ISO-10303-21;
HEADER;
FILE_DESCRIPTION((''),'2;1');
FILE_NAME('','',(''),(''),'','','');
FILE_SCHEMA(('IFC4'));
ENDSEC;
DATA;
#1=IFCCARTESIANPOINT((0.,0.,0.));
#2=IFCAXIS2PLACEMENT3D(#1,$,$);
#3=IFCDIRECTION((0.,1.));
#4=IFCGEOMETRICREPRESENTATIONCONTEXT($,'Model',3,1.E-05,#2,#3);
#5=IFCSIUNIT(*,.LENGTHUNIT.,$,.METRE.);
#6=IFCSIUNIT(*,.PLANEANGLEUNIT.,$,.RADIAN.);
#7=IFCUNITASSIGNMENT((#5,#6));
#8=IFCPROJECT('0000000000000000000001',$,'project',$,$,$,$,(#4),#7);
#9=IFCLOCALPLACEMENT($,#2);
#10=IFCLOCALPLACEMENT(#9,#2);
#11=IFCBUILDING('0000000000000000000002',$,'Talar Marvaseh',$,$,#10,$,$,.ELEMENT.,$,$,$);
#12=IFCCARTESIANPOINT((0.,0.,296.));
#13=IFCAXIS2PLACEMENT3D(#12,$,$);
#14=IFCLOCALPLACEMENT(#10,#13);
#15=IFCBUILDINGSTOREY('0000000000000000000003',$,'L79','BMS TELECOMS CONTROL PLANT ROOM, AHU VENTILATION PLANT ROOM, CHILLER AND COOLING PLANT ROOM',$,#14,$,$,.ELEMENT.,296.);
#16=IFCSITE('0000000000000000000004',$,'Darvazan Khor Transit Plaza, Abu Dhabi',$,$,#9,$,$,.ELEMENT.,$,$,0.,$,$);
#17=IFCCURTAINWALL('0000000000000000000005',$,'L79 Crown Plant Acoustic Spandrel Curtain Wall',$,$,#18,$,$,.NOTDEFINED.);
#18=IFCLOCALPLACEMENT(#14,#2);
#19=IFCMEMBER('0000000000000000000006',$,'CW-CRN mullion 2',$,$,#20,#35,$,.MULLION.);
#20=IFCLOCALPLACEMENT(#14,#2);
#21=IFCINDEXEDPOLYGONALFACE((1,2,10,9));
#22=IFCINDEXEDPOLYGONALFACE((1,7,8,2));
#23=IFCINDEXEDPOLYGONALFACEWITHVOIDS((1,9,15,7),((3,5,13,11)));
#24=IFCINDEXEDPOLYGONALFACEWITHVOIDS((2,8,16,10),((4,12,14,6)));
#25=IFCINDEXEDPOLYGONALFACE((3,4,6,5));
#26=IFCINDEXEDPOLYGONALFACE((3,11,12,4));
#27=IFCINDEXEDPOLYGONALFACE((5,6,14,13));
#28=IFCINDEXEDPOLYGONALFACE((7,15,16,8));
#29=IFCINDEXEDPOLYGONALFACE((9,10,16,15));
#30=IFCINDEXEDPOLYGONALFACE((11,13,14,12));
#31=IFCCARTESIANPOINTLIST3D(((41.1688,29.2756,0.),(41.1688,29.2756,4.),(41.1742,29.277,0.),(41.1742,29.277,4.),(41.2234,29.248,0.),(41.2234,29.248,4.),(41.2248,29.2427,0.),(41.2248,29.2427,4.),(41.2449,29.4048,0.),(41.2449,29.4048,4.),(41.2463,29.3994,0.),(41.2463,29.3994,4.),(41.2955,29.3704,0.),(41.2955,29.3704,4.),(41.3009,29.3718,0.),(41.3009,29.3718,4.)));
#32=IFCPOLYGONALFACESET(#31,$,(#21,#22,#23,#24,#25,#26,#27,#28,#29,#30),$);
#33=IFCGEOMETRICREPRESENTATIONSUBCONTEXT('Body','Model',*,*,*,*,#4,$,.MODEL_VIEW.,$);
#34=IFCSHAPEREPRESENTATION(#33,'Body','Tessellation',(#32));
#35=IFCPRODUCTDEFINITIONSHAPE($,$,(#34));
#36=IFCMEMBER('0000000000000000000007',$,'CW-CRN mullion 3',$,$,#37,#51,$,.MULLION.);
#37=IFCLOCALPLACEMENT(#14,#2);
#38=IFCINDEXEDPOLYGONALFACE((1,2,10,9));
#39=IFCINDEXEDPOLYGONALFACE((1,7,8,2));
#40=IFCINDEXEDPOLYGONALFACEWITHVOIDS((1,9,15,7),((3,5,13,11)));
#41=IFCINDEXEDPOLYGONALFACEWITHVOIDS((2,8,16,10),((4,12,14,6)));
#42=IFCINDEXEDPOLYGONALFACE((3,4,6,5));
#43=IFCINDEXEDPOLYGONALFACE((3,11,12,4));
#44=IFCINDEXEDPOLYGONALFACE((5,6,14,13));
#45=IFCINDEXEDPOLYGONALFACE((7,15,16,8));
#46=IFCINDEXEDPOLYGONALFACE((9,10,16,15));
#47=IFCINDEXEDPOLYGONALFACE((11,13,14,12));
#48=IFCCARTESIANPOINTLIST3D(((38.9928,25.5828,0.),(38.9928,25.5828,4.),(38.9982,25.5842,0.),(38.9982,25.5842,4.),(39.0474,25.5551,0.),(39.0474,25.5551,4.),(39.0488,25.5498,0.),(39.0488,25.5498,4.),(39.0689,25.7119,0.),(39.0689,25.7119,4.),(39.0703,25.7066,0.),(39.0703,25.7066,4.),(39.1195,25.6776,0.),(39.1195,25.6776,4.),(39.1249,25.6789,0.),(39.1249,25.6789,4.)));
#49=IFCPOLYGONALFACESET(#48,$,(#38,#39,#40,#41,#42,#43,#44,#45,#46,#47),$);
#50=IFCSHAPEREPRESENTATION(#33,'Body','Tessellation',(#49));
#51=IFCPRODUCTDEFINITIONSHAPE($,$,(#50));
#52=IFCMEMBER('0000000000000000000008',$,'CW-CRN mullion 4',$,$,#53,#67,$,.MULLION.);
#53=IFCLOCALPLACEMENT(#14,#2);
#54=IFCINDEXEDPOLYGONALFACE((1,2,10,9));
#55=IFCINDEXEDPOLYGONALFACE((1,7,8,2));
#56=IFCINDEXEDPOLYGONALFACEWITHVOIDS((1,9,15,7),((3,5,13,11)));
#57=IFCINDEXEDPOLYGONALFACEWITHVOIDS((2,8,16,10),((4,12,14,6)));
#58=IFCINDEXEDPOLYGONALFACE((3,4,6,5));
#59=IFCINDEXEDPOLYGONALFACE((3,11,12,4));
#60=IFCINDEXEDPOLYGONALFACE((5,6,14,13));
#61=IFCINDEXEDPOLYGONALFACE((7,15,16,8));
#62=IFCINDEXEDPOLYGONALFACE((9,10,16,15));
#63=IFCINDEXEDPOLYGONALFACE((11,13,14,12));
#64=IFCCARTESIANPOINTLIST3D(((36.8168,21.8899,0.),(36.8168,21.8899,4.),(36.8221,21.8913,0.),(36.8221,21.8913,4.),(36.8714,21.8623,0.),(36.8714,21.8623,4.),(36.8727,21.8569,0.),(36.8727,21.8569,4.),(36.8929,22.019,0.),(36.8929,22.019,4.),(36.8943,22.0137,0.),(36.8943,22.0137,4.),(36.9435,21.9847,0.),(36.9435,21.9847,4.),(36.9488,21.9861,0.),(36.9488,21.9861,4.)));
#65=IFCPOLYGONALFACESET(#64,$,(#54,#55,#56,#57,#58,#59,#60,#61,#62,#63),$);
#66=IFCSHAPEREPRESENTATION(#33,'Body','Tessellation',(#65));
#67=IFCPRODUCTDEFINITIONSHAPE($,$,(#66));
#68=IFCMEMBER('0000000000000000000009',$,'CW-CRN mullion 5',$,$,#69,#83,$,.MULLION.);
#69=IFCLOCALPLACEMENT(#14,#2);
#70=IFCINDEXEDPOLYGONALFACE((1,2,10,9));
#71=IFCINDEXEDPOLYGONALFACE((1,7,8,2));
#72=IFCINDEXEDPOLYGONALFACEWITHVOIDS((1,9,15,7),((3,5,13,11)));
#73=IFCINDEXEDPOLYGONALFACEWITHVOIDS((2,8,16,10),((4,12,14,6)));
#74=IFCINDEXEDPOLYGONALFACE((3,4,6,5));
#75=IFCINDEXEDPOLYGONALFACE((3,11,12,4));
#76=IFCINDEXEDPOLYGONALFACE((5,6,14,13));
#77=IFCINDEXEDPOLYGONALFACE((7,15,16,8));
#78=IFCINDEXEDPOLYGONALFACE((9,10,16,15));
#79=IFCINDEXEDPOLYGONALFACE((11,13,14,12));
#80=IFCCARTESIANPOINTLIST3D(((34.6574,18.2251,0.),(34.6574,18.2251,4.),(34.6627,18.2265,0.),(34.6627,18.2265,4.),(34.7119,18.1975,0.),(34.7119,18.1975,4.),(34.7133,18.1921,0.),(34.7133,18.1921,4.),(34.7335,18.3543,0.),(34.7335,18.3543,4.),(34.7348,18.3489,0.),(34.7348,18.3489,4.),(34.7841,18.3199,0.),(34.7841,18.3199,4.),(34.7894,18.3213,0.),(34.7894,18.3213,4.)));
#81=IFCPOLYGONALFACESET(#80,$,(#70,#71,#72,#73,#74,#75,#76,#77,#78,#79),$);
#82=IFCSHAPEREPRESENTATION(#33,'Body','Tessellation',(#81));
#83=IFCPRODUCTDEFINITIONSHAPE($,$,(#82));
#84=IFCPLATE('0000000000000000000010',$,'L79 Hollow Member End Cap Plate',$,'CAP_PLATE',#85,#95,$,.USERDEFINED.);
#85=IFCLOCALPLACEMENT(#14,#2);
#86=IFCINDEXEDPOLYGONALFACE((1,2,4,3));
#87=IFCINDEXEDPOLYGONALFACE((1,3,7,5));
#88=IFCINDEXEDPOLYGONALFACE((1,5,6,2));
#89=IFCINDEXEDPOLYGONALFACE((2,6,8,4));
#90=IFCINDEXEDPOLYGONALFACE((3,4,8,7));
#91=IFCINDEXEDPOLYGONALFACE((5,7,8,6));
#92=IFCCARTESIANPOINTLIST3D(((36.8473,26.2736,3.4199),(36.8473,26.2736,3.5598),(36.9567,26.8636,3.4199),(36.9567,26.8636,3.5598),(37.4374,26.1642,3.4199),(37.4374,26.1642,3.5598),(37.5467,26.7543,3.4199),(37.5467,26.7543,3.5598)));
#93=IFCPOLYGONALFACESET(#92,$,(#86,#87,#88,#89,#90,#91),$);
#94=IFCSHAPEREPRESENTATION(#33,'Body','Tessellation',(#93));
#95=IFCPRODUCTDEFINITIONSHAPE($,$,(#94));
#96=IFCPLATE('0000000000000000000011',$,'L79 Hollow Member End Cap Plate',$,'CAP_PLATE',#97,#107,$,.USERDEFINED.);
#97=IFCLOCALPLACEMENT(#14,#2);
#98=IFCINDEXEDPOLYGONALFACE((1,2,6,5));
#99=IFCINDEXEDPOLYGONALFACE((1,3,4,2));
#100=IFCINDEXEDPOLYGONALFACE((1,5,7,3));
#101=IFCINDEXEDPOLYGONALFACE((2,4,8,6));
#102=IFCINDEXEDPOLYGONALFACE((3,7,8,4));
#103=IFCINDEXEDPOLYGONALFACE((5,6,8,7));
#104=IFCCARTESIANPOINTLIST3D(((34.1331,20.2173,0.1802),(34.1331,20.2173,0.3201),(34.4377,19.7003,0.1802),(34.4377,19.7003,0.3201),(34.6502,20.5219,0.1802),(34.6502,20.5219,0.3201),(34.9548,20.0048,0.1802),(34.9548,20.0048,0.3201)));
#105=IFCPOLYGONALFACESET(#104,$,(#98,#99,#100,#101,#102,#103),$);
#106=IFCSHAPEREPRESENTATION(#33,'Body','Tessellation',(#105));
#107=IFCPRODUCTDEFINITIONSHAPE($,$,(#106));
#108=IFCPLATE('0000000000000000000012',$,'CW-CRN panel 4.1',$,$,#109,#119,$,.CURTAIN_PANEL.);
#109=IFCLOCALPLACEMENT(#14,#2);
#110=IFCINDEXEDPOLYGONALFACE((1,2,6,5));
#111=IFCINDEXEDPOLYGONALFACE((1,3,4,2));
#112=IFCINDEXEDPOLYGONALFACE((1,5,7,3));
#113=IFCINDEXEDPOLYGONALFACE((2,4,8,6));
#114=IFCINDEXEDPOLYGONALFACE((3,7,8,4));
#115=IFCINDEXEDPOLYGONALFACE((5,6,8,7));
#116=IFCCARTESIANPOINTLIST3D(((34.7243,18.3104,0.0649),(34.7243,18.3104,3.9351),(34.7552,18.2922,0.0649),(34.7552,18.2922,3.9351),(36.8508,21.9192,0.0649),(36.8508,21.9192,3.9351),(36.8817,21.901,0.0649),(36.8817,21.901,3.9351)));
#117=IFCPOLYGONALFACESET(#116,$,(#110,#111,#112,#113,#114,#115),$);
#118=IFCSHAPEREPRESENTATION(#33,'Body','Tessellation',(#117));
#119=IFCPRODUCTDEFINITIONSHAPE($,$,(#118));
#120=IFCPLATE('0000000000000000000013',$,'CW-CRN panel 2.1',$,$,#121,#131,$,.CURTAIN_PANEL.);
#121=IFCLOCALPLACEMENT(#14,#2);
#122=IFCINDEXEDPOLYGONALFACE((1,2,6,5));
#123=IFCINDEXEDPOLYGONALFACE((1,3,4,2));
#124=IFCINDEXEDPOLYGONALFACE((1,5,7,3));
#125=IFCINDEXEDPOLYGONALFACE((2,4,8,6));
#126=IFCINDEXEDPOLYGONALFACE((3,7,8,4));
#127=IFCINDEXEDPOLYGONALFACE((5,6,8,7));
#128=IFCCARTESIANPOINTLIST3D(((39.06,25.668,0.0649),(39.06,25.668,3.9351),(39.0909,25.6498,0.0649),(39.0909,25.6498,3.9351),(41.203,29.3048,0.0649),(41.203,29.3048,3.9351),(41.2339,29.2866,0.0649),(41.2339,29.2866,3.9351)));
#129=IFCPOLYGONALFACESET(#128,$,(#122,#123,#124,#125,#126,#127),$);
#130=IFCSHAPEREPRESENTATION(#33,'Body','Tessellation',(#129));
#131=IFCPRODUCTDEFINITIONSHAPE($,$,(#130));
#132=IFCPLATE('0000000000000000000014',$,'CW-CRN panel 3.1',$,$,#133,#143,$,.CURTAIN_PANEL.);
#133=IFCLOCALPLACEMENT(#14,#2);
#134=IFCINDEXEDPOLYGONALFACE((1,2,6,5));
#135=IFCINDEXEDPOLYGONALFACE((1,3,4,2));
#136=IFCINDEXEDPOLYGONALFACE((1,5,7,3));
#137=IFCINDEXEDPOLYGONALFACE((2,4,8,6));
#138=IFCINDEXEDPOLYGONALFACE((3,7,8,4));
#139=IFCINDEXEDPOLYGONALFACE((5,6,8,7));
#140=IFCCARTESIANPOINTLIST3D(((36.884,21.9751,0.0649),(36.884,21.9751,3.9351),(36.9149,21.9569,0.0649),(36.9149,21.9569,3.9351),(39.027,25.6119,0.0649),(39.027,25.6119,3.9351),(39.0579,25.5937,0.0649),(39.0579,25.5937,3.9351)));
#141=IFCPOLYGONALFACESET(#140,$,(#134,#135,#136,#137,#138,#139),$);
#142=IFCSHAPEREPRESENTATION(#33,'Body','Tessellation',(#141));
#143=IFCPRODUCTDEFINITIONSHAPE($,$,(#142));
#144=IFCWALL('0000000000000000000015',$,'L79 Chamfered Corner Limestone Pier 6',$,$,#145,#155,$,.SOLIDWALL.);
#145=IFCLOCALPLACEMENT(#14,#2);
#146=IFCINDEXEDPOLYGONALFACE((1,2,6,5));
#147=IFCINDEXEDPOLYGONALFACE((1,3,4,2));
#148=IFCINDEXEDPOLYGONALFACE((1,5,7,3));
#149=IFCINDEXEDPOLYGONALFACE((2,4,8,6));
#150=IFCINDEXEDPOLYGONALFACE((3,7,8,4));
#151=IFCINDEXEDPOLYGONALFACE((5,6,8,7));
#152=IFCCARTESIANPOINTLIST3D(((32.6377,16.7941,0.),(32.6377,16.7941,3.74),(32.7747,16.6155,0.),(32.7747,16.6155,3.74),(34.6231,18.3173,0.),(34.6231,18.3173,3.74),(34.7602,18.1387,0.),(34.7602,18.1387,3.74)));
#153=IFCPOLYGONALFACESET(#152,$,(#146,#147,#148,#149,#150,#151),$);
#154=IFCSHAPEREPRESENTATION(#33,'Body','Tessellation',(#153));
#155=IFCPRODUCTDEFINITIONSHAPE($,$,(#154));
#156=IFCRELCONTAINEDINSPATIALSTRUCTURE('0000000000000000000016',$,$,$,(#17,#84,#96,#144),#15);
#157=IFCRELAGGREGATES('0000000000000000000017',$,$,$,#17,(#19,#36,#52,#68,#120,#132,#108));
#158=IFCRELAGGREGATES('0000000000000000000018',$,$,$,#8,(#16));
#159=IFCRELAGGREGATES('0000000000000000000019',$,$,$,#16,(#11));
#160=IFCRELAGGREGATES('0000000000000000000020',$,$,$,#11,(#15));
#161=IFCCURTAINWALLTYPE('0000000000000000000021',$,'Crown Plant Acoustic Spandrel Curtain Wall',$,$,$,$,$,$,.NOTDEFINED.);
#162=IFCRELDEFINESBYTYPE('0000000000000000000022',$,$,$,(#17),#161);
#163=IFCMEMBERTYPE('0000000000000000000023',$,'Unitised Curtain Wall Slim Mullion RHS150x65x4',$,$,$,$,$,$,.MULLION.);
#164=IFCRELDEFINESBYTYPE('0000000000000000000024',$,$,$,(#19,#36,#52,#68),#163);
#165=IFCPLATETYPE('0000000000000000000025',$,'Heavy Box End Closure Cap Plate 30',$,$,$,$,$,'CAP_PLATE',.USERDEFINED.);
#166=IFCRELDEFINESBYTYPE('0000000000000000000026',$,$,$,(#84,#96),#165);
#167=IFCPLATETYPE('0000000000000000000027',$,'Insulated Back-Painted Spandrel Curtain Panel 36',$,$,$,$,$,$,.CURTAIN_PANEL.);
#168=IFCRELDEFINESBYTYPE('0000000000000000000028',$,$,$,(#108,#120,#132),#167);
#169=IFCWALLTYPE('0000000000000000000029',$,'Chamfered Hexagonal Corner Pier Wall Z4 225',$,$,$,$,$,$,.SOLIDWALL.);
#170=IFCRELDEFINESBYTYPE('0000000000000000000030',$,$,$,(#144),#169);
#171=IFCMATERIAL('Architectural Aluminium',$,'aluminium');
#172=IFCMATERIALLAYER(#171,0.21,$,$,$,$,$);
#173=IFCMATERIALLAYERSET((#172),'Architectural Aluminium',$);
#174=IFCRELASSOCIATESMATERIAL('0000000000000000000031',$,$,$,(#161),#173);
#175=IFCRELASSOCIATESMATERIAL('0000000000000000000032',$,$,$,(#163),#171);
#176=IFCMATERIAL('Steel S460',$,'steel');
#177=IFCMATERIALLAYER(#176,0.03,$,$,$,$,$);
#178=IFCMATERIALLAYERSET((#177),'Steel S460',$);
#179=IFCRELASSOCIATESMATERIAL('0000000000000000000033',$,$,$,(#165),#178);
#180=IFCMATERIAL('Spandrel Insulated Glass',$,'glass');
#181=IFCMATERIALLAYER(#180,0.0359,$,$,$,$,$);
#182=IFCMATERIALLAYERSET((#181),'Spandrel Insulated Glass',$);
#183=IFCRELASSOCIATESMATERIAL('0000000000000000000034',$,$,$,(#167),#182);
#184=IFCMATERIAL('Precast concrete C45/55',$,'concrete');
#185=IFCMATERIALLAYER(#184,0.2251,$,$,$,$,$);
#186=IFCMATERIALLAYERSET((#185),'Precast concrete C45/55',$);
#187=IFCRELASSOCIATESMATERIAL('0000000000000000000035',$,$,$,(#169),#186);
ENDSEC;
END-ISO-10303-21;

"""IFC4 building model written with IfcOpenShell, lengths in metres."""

from ifc_helpers import new_model, si_unit, direction, frame, frame_2d, origin, origin_2d, place, context, subcontext, project, spatial, rectangle, hollow_rectangle, extrude, source, transform, mapped, material, layer, layer_set, material_profile, profile_set, type_object, type_shapes, element, aggregate, save


model = new_model("IFC4")

# Units and contexts
model_context = context("Model", 3, precision=1e-05, world=origin(), true_north=direction((0.0, 1.0)))
body_context = subcontext(model_context, "Body", "Model", "MODEL_VIEW")
ifc_project = project(units=[si_unit("LENGTHUNIT", "METRE"), si_unit("PLANEANGLEUNIT", "RADIAN")], contexts=[model_context])

# Site, building, storey
site_placement = place(None, origin())
site = spatial("IfcSite", under=ifc_project, at=site_placement, Name="Darvazan Khor Transit Plaza, Abu Dhabi", CompositionType="ELEMENT", RefElevation=0.0)
building_placement = place(site_placement, origin())
building = spatial("IfcBuilding", under=site, at=building_placement, Name="Talar Marvaseh", CompositionType="ELEMENT")
storey_placement = place(building_placement, frame((0.0, 0.0, 296.0)))
storey = spatial("IfcBuildingStorey", under=building, at=storey_placement, Name="L79", Description="BMS TELECOMS CONTROL PLANT ROOM, AHU VENTILATION PLANT ROOM, CHILLER AND COOLING PLANT ROOM", CompositionType="ELEMENT", Elevation=296.0)

# Shared definitions
ifc_material_1 = material(Name="Steel S460", Category="steel")

# Curtain wall, members
ifc_material_2 = material(Name="Architectural Aluminium", Category="aluminium")
ifc_layer_1 = layer(ifc_material_2, 0.21)
ifc_layer_set_1 = layer_set([ifc_layer_1], Name="Architectural Aluminium")
curtain_wall_type = type_object("IfcCurtainWallType", Name="Crown Plant Acoustic Spandrel Curtain Wall", PredefinedType="NOTDEFINED", material=ifc_layer_set_1)
curtain_wall_placement = place(storey_placement, origin())
curtain_wall = element("IfcCurtainWall", 1, at=curtain_wall_placement, inside=storey, type_object=curtain_wall_type, Name="L79 Crown Plant Acoustic Spandrel Curtain Wall", PredefinedType="NOTDEFINED")
ifc_material_profile_1 = material_profile(ifc_material_2, hollow_rectangle(XDim=0.0649, YDim=0.1499, WallThickness=0.0039, at=origin_2d()), Name="RHS150x65x4")
ifc_profile_set_1 = profile_set([ifc_material_profile_1], Name="Architectural Aluminium")
member_type_1 = type_object("IfcMemberType", Name="Unitised Curtain Wall Slim Mullion RHS150x65x4", PredefinedType="MULLION", material=ifc_profile_set_1)
shared_shape_1 = source(origin(), body_context, "Body", "SweptSolid", [
    extrude(hollow_rectangle(XDim=0.0649, YDim=0.1499, WallThickness=0.0039, at=origin_2d()), origin(), (0.0, 0.0, 1.0), 4.0),
])
type_shapes(member_type_1, [shared_shape_1])
member_1_placement = place(storey_placement, frame((41.2349, 29.3237, 0.0), z_axis=(0.0, 0.0, 1.0), x_axis=(0.861551, -0.507672, 0.0)))
member_1 = element("IfcMember", 2, at=member_1_placement, type_object=member_type_1, Name="CW-CRN mullion 2", PredefinedType="MULLION", context=body_context, shape_type="MappedRepresentation", body=[
    mapped(shared_shape_1, transform((0.0, 0.0, 0.0), x_axis=(1.0, 0.0, 0.0), y_axis=(0.0, 1.0, 0.0), z_axis=(0.0, 0.0, 1.0), scale=1.0)),
])
member_2_placement = place(storey_placement, frame((39.0588, 25.6309, 0.0), z_axis=(0.0, 0.0, 1.0), x_axis=(0.861551, -0.507672, 0.0)))
member_2 = element("IfcMember", 3, at=member_2_placement, type_object=member_type_1, Name="CW-CRN mullion 3", PredefinedType="MULLION", context=body_context, shape_type="MappedRepresentation", body=[
    mapped(shared_shape_1, transform((0.0, 0.0, 0.0), x_axis=(1.0, 0.0, 0.0), y_axis=(0.0, 1.0, 0.0), z_axis=(0.0, 0.0, 1.0), scale=1.0)),
])
member_3_placement = place(storey_placement, frame((36.8828, 21.938, 0.0), z_axis=(0.0, 0.0, 1.0), x_axis=(0.861551, -0.507672, 0.0)))
member_3 = element("IfcMember", 4, at=member_3_placement, type_object=member_type_1, Name="CW-CRN mullion 4", PredefinedType="MULLION", context=body_context, shape_type="MappedRepresentation", body=[
    mapped(shared_shape_1, transform((0.0, 0.0, 0.0), x_axis=(1.0, 0.0, 0.0), y_axis=(0.0, 1.0, 0.0), z_axis=(0.0, 0.0, 1.0), scale=1.0)),
])
member_4_placement = place(storey_placement, frame((34.7234, 18.2732, 0.0), z_axis=(0.0, 0.0, 1.0), x_axis=(0.861551, -0.507672, 0.0)))
member_4 = element("IfcMember", 5, at=member_4_placement, type_object=member_type_1, Name="CW-CRN mullion 5", PredefinedType="MULLION", context=body_context, shape_type="MappedRepresentation", body=[
    mapped(shared_shape_1, transform((0.0, 0.0, 0.0), x_axis=(1.0, 0.0, 0.0), y_axis=(0.0, 1.0, 0.0), z_axis=(0.0, 0.0, 1.0), scale=1.0)),
])

# Plates
ifc_layer_2 = layer(ifc_material_1, 0.03)
ifc_layer_set_2 = layer_set([ifc_layer_2], Name="Steel S460")
plate_type_1 = type_object("IfcPlateType", Name="Heavy Box End Closure Cap Plate 30", ElementType="CAP_PLATE", PredefinedType="USERDEFINED", material=ifc_layer_set_2)
shared_shape_2 = source(origin(), body_context, "Body", "SweptSolid", [
    extrude(rectangle(XDim=0.6001, YDim=0.6001, at=origin_2d()), origin(), (0.0, 0.0, 1.0), 0.1399),
])
type_shapes(plate_type_1, [shared_shape_2])
for number, where, z_axis, x_axis, name in (
    (6, (37.197, 26.5139, 3.4199), (0.0, 0.0, 1.0), (-0.182236, -0.983255, 0.0), "L79 Hollow Member End Cap Plate"),
    (7, (34.5439, 20.1111, 0.1802), (0.0, 0.0, 1.0), (-0.861629, -0.507538, 0.0), "L79 Hollow Member End Cap Plate"),
):
    element("IfcPlate", number, at=place(storey_placement, frame(where, z_axis=z_axis, x_axis=x_axis)), inside=storey, type_object=plate_type_1, Name=name, ObjectType="CAP_PLATE", PredefinedType="USERDEFINED", context=body_context, shape_type="MappedRepresentation", body=[
        mapped(shared_shape_2, transform((0.0, 0.0, 0.0), x_axis=(1.0, 0.0, 0.0), y_axis=(0.0, 1.0, 0.0), z_axis=(0.0, 0.0, 1.0), scale=1.0)),
    ])

# Plates
ifc_material_3 = material(Name="Spandrel Insulated Glass", Category="glass")
ifc_layer_3 = layer(ifc_material_3, 0.0359)
ifc_layer_set_3 = layer_set([ifc_layer_3], Name="Spandrel Insulated Glass")
plate_type_2 = type_object("IfcPlateType", Name="Insulated Back-Painted Spandrel Curtain Panel 36", PredefinedType="CURTAIN_PANEL", material=ifc_layer_set_3)
shared_shape_3 = source(origin(), body_context, "Body", "SweptSolid", [
    extrude(rectangle(XDim=4.1887, YDim=0.0359, at=origin_2d()), origin(), (0.0, 0.0, 1.0), 3.8701),
])
plate_1_placement = place(storey_placement, frame((35.803, 20.1057, 0.0649), z_axis=(0.0, 0.0, 1.0), x_axis=(-0.507672, -0.861551, 0.0)))
plate_1 = element("IfcPlate", 8, at=plate_1_placement, type_object=plate_type_2, Name="CW-CRN panel 4.1", PredefinedType="CURTAIN_PANEL", context=body_context, shape_type="MappedRepresentation", body=[
    mapped(shared_shape_3, transform((0.0, 0.0, 0.0), x_axis=(1.0, 0.0, 0.0), y_axis=(0.0, 1.0, 0.0), z_axis=(0.0, 0.0, 1.0), scale=1.0)),
])
shared_shape_4 = source(origin(), body_context, "Body", "SweptSolid", [
    extrude(rectangle(XDim=4.2212, YDim=0.0359, at=origin_2d()), origin(), (0.0, 0.0, 1.0), 3.8701),
])
type_shapes(plate_type_2, [shared_shape_3, shared_shape_4])
plate_2_placement = place(storey_placement, frame((40.147, 27.4773, 0.0649), z_axis=(0.0, 0.0, 1.0), x_axis=(-0.507672, -0.861551, 0.0)))
plate_2 = element("IfcPlate", 9, at=plate_2_placement, type_object=plate_type_2, Name="CW-CRN panel 2.1", PredefinedType="CURTAIN_PANEL", context=body_context, shape_type="MappedRepresentation", body=[
    mapped(shared_shape_4, transform((0.0, 0.0, 0.0), x_axis=(1.0, 0.0, 0.0), y_axis=(0.0, 1.0, 0.0), z_axis=(0.0, 0.0, 1.0), scale=1.0)),
])
plate_3_placement = place(storey_placement, frame((37.9709, 23.7844, 0.0649), z_axis=(0.0, 0.0, 1.0), x_axis=(-0.507672, -0.861551, 0.0)))
plate_3 = element("IfcPlate", 10, at=plate_3_placement, type_object=plate_type_2, Name="CW-CRN panel 3.1", PredefinedType="CURTAIN_PANEL", context=body_context, shape_type="MappedRepresentation", body=[
    mapped(shared_shape_4, transform((0.0, 0.0, 0.0), x_axis=(1.0, 0.0, 0.0), y_axis=(0.0, 1.0, 0.0), z_axis=(0.0, 0.0, 1.0), scale=1.0)),
])
aggregate(curtain_wall, [member_1, member_2, member_3, member_4, plate_2, plate_3, plate_1])

# Wall
ifc_material_4 = material(Name="Precast concrete C45/55", Category="concrete")
ifc_layer_4 = layer(ifc_material_4, 0.2251)
ifc_layer_set_4 = layer_set([ifc_layer_4], Name="Precast concrete C45/55")
wall_type_1 = type_object("IfcWallType", Name="Chamfered Hexagonal Corner Pier Wall Z4 225", PredefinedType="SOLIDWALL", material=ifc_layer_set_4)
wall_1_placement = place(storey_placement, frame((34.6917, 18.228, 0.0), z_axis=(0.0, 0.0, 1.0), x_axis=(-0.793396, -0.608706, 0.0)))
element("IfcWall", 11, at=wall_1_placement, inside=storey, type_object=wall_type_1, Name="L79 Chamfered Corner Limestone Pier 6", PredefinedType="SOLIDWALL", context=body_context, shape_type="SweptSolid", body=[
    extrude(rectangle(XDim=2.5024, YDim=0.2251, at=frame_2d((1.2512, 0.0))), origin(), (0.0, 0.0, 1.0), 3.74),
])

save(model, "model.ifc")
